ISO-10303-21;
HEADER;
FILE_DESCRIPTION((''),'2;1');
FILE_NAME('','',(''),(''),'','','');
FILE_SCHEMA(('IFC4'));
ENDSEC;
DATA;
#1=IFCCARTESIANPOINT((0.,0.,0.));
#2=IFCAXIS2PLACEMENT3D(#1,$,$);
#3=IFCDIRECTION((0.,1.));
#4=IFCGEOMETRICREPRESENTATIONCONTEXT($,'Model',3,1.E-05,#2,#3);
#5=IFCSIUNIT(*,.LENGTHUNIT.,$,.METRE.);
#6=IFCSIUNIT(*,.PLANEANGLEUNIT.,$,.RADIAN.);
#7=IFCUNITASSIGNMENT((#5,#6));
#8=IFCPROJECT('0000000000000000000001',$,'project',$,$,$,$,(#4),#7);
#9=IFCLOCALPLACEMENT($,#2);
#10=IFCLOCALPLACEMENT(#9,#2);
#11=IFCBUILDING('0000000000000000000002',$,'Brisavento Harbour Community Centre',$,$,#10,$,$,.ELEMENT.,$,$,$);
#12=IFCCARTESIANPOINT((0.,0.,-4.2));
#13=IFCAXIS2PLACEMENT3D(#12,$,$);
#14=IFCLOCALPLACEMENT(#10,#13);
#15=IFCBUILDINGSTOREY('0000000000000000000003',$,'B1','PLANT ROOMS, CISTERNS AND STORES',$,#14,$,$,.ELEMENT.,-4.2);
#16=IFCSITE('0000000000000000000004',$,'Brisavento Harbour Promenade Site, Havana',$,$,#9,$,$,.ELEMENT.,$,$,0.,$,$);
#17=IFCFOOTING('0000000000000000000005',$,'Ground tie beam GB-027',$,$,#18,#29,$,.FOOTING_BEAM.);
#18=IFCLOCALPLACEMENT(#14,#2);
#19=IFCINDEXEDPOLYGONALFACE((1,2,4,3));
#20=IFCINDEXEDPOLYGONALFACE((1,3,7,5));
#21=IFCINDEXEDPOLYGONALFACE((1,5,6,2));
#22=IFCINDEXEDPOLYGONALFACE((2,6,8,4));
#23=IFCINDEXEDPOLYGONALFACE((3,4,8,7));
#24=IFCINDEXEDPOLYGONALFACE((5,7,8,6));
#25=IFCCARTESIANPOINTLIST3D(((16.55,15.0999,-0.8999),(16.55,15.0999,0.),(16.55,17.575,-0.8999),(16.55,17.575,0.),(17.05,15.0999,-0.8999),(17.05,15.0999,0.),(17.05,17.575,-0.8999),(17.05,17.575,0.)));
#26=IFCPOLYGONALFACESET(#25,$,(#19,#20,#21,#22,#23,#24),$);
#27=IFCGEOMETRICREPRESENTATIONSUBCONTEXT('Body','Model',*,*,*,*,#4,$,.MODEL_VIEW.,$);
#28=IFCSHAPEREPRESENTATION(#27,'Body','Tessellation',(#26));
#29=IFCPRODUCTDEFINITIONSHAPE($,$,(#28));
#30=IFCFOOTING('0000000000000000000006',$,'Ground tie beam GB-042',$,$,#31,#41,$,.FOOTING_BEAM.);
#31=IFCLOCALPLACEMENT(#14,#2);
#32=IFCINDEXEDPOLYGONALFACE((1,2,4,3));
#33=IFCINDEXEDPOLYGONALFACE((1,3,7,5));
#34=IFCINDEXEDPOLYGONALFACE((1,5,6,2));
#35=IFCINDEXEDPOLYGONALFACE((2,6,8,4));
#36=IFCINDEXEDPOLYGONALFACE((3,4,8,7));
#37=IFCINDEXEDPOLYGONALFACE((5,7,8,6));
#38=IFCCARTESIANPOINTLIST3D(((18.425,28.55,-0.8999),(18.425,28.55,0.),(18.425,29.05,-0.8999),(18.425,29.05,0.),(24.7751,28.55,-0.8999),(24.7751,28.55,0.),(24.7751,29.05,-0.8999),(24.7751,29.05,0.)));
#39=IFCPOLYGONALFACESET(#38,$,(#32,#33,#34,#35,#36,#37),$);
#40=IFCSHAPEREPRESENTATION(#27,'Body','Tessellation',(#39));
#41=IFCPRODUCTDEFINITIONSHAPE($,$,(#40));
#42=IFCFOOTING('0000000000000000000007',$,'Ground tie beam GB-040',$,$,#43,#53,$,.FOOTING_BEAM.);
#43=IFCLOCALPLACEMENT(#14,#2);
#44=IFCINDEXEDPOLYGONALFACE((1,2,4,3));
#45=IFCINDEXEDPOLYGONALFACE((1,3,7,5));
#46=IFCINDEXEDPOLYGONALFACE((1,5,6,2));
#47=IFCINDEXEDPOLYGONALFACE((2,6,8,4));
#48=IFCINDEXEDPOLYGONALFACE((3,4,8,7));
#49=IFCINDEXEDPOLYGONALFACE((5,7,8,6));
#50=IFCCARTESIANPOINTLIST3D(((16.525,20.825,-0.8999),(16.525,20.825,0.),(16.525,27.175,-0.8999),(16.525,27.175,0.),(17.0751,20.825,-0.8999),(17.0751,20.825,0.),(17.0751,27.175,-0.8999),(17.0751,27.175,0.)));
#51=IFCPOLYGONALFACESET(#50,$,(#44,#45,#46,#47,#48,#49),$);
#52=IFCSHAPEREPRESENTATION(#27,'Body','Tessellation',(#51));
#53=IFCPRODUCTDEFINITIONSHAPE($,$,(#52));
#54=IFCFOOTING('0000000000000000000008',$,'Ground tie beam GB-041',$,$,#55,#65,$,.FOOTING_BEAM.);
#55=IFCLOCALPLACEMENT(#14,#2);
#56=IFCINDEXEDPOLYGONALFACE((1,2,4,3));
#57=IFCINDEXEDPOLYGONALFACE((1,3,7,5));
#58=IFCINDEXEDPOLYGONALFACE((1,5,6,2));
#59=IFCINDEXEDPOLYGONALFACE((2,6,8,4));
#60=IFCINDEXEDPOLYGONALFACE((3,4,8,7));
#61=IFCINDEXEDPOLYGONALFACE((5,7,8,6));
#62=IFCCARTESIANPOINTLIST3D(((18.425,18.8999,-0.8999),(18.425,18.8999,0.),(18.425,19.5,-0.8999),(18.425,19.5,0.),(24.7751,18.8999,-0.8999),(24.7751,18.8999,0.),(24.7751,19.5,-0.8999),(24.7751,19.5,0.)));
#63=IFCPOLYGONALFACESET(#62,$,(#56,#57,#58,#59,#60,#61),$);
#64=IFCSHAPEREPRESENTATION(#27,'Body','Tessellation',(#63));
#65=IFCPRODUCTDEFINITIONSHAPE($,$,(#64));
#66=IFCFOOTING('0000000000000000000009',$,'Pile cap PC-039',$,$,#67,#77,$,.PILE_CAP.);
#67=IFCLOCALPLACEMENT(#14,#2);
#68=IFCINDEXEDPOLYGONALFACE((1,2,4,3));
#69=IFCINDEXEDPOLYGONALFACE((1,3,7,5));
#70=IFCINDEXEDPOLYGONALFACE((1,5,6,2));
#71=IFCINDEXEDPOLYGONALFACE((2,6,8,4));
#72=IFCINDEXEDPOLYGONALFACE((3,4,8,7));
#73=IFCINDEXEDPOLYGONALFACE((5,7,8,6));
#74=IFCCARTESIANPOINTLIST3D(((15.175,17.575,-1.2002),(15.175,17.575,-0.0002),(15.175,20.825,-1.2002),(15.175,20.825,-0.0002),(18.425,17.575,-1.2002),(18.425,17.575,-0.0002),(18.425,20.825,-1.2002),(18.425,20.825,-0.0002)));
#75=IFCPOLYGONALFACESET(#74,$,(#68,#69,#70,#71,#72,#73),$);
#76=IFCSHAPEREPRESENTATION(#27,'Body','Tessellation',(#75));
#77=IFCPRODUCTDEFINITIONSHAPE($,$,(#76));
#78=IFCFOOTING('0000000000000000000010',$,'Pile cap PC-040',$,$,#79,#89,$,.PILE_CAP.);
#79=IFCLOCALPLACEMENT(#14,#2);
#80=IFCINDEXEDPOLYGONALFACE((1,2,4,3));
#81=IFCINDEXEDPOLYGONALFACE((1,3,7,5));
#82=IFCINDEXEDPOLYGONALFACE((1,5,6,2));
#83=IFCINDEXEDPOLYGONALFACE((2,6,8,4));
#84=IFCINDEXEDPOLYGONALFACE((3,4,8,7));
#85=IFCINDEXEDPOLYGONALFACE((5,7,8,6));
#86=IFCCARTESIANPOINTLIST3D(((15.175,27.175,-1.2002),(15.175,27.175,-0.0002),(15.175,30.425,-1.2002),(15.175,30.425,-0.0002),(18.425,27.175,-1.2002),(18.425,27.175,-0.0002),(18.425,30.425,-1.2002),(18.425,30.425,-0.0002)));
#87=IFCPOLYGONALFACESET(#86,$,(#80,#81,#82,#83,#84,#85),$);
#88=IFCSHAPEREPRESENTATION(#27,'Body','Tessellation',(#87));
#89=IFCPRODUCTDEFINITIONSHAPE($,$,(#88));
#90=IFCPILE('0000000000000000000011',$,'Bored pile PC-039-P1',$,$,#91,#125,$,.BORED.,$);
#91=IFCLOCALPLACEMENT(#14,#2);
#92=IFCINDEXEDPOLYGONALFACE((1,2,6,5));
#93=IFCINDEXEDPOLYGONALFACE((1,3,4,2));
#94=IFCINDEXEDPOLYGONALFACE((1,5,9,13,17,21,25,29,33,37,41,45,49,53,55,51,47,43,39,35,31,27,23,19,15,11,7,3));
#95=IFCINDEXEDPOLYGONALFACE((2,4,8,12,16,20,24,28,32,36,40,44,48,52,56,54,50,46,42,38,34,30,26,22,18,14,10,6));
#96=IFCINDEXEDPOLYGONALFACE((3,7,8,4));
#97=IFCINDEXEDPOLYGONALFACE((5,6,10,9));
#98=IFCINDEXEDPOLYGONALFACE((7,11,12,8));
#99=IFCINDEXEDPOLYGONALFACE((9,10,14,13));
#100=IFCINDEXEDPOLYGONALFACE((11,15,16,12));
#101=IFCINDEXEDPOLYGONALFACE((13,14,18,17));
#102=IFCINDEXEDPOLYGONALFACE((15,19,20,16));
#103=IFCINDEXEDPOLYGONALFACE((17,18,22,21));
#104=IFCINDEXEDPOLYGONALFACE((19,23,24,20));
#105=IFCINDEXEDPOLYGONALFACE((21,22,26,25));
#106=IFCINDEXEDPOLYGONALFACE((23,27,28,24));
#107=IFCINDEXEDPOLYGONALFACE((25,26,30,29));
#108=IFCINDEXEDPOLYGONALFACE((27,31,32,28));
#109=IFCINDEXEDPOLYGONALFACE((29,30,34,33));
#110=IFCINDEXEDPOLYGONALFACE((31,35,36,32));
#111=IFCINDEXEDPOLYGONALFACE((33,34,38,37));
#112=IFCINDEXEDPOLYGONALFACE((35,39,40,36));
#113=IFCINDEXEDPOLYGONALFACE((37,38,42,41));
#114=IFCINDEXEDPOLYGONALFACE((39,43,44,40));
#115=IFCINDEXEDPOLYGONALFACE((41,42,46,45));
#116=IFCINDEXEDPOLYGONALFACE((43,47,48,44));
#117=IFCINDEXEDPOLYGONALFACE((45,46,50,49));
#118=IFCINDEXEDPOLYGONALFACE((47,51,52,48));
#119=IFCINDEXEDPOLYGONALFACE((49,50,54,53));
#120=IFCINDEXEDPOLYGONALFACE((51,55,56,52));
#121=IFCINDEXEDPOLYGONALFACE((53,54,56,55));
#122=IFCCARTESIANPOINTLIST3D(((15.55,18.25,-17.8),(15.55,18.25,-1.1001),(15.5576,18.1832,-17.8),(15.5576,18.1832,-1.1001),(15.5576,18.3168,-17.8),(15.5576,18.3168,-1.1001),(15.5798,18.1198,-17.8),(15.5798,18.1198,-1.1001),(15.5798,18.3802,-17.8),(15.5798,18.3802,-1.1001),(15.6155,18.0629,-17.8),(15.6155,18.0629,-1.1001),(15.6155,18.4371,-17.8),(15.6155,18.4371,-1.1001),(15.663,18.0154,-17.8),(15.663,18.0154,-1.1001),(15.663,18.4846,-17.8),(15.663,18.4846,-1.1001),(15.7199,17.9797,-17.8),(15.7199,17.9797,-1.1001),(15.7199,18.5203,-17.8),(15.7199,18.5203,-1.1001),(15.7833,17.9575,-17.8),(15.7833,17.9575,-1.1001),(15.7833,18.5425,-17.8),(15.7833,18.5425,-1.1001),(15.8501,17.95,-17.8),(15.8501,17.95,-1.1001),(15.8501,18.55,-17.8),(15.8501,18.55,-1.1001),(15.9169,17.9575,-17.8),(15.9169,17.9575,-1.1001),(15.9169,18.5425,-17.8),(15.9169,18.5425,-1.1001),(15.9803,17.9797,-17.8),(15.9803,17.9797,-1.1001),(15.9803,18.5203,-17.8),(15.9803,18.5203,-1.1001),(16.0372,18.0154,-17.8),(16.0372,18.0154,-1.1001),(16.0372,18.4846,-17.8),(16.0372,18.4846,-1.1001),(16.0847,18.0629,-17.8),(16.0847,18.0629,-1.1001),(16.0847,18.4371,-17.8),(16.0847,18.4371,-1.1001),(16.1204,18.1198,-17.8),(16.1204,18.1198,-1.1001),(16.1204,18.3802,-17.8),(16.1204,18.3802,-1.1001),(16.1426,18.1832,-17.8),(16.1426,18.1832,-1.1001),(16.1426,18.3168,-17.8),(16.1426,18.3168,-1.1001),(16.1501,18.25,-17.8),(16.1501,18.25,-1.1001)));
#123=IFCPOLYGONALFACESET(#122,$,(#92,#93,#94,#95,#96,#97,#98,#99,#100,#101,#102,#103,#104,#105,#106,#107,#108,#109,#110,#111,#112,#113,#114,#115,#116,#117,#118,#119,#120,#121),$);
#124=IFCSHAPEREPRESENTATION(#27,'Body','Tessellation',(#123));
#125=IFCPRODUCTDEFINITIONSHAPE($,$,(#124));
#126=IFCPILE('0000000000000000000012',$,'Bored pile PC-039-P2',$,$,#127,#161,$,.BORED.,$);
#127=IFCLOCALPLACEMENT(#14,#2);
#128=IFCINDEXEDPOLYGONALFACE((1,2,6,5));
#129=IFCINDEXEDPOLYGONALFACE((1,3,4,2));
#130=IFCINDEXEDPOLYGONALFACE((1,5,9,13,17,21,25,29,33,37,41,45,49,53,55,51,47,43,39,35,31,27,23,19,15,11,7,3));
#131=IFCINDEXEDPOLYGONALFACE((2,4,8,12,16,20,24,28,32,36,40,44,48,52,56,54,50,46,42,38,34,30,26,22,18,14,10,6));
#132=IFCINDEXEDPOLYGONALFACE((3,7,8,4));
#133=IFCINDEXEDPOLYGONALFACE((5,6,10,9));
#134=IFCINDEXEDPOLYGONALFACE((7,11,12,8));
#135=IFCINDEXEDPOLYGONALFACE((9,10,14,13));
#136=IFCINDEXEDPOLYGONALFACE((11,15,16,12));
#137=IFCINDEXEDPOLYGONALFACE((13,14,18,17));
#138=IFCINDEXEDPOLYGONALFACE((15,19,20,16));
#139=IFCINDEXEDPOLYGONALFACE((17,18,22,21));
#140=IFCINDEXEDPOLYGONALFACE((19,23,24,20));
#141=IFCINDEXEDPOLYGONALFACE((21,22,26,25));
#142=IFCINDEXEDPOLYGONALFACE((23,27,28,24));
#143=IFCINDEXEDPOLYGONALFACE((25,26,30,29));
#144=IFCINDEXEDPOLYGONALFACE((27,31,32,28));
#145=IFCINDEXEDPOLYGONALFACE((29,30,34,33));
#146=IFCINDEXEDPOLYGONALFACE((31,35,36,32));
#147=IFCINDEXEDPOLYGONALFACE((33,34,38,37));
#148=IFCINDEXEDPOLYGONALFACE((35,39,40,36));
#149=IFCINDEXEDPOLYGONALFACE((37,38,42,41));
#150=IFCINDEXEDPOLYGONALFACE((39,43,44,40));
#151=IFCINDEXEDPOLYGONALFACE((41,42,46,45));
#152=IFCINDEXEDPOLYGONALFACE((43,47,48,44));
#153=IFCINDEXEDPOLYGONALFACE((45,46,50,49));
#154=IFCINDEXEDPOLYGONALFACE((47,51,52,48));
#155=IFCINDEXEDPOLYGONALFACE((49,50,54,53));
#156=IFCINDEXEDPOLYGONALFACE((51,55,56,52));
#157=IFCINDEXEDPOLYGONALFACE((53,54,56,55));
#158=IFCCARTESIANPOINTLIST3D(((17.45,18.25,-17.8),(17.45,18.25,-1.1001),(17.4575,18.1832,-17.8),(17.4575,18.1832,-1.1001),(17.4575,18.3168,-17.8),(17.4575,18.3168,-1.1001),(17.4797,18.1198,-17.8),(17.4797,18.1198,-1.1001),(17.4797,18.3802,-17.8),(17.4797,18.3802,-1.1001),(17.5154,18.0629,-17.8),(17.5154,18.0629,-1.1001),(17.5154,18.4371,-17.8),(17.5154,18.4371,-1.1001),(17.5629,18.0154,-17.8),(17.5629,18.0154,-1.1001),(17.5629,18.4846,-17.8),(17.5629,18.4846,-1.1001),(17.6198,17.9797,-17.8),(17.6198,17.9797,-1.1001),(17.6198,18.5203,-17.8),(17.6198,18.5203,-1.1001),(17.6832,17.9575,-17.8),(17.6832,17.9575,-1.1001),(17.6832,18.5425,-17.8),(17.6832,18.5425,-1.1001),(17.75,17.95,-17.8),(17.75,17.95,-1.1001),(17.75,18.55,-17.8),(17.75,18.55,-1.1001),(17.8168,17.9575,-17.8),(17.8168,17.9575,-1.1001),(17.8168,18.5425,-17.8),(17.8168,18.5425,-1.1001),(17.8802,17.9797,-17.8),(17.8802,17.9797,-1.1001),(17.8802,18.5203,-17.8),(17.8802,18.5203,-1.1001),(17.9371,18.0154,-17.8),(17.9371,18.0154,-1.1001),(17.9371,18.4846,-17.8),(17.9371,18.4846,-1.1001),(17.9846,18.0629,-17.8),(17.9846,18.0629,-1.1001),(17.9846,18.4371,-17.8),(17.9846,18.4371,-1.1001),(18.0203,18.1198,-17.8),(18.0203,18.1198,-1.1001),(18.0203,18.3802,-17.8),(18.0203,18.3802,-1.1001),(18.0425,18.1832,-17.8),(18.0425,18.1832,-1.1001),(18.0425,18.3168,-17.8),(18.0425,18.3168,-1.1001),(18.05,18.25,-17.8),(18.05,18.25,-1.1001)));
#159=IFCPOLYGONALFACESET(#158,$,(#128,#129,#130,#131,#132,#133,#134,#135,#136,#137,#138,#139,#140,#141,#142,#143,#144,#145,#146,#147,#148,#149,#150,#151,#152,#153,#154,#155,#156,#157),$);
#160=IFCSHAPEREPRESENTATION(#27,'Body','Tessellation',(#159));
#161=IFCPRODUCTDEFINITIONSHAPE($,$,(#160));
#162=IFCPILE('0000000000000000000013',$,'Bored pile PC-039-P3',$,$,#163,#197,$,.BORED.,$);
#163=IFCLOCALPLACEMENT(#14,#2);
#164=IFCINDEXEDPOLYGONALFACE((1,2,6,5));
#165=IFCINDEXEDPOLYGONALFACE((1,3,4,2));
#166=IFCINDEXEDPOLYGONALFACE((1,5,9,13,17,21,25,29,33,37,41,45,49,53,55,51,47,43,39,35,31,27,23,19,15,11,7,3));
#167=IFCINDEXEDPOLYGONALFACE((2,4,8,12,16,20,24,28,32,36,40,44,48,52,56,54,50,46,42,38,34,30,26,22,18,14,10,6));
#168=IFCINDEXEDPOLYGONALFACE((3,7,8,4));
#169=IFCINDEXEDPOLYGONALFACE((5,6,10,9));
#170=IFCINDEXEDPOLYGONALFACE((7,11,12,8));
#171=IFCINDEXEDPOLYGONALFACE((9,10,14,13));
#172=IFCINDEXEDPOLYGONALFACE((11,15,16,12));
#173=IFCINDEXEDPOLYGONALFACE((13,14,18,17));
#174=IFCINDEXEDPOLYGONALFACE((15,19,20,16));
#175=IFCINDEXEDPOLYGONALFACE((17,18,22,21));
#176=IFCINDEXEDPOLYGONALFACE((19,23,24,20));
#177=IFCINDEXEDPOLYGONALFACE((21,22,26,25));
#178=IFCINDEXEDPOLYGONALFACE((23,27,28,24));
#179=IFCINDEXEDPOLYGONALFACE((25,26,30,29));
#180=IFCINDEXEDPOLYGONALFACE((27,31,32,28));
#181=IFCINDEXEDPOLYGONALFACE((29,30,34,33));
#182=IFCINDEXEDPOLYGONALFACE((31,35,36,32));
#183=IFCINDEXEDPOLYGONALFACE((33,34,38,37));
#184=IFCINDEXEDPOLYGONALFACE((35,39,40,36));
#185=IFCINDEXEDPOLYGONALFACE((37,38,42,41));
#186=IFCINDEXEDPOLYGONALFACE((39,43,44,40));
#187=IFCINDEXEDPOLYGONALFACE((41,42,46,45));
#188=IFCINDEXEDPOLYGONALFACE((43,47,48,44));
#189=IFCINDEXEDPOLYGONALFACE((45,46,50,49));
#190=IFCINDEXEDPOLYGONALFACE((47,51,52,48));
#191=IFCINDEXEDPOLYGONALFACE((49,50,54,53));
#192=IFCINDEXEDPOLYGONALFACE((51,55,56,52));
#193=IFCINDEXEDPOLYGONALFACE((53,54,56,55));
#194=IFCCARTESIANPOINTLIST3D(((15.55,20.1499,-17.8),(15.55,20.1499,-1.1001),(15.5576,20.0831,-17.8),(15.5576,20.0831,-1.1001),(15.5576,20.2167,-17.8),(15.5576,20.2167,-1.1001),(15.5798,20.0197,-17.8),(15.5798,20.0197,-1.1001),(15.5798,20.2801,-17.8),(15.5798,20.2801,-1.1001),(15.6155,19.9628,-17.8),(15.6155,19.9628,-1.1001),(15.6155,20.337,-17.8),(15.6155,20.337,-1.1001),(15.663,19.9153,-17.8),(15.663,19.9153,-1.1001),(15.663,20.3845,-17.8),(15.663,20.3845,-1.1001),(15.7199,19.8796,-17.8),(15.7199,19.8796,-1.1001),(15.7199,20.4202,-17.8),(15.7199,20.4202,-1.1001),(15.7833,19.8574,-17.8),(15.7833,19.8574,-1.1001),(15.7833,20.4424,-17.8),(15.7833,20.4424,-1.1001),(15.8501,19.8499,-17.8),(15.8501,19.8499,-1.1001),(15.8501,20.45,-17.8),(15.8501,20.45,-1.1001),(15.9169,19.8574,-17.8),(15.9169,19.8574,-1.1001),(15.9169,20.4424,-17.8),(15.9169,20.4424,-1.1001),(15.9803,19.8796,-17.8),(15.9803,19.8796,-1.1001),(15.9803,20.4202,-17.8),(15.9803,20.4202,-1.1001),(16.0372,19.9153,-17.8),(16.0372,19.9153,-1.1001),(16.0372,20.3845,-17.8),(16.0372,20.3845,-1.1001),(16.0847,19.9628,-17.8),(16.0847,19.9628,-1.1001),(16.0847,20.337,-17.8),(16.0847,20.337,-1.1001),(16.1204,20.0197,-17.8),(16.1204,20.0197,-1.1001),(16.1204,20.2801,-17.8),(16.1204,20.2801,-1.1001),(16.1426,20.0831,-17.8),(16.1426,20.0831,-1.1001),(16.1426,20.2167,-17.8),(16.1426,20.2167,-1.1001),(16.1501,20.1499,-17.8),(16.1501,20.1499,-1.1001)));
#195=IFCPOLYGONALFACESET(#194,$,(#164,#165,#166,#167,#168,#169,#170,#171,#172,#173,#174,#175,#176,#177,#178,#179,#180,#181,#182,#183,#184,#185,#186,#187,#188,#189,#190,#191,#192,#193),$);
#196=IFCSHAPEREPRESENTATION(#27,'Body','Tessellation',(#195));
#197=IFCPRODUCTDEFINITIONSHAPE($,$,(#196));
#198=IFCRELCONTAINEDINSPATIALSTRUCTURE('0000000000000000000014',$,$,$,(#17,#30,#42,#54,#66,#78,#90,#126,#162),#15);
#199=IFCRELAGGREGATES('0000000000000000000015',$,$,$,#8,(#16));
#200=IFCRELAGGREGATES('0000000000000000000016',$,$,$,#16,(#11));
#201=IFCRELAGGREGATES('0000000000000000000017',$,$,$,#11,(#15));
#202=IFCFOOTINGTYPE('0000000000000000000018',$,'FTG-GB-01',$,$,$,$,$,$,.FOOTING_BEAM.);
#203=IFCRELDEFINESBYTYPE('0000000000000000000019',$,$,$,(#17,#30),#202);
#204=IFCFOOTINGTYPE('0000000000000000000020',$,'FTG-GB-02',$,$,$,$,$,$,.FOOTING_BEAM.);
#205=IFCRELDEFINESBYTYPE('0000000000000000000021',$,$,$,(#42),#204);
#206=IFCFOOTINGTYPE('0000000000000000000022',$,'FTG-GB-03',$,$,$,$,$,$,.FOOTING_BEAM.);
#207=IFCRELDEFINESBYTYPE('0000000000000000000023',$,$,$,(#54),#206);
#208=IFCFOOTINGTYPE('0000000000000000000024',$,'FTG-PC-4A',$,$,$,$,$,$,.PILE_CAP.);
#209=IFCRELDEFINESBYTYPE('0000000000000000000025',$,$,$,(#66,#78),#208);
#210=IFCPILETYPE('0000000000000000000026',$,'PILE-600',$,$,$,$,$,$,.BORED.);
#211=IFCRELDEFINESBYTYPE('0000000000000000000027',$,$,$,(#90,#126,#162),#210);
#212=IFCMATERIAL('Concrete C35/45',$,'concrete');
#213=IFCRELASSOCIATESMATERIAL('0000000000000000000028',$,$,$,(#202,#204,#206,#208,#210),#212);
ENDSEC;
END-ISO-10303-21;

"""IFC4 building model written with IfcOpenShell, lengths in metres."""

from ifc_helpers import new_model, si_unit, direction, frame, origin, origin_2d, place, context, subcontext, project, spatial, rectangle, circle, extrude, material, material_profile, profile_set, type_object, element, save


model = new_model("IFC4")

# Units and contexts
model_context = context("Model", 3, precision=1e-05, world=origin(), true_north=direction((0.0, 1.0)))
body_context = subcontext(model_context, "Body", "Model", "MODEL_VIEW")
ifc_project = project(units=[si_unit("LENGTHUNIT", "METRE"), si_unit("PLANEANGLEUNIT", "RADIAN")], contexts=[model_context])

# Site, building, storey
site_placement = place(None, origin())
site = spatial("IfcSite", under=ifc_project, at=site_placement, Name="Brisavento Harbour Promenade Site, Havana", CompositionType="ELEMENT", RefElevation=0.0)
building_placement = place(site_placement, origin())
building = spatial("IfcBuilding", under=site, at=building_placement, Name="Brisavento Harbour Community Centre", CompositionType="ELEMENT")
storey_placement = place(building_placement, frame((0.0, 0.0, -4.2)))
storey = spatial("IfcBuildingStorey", under=building, at=storey_placement, Name="B1", Description="PLANT ROOMS, CISTERNS AND STORES", CompositionType="ELEMENT", Elevation=-4.2)

# Footings
ifc_material_1 = material(Name="Concrete C35/45", Category="concrete")
footing_type_1 = type_object("IfcFootingType", Name="FTG-GB-01", PredefinedType="FOOTING_BEAM", material=ifc_material_1)
footing_1_placement = place(storey_placement, frame((16.8, 16.3374, -0.8999), z_axis=(0.0, 0.0, 1.0), x_axis=(1.0, 0.0, 0.0)))
element("IfcFooting", 1, at=footing_1_placement, inside=storey, type_object=footing_type_1, Name="Ground tie beam GB-027", PredefinedType="FOOTING_BEAM", context=body_context, shape_type="SweptSolid", body=[
    extrude(rectangle(XDim=0.5, YDim=2.4751, at=origin_2d()), origin(), (0.0, 0.0, 1.0), 0.8999),
])
footing_2_placement = place(storey_placement, frame((21.6001, 28.8, -0.8999), z_axis=(0.0, 0.0, 1.0), x_axis=(1.0, 0.0, 0.0)))
element("IfcFooting", 2, at=footing_2_placement, inside=storey, type_object=footing_type_1, Name="Ground tie beam GB-042", PredefinedType="FOOTING_BEAM", context=body_context, shape_type="SweptSolid", body=[
    extrude(rectangle(XDim=6.3501, YDim=0.5, at=origin_2d()), origin(), (0.0, 0.0, 1.0), 0.8999),
])
footing_type_2 = type_object("IfcFootingType", Name="FTG-GB-02", PredefinedType="FOOTING_BEAM", material=ifc_material_1)
footing_3_placement = place(storey_placement, frame((16.8, 24.0, -0.8999), z_axis=(0.0, 0.0, 1.0), x_axis=(1.0, 0.0, 0.0)))
element("IfcFooting", 3, at=footing_3_placement, inside=storey, type_object=footing_type_2, Name="Ground tie beam GB-040", PredefinedType="FOOTING_BEAM", context=body_context, shape_type="SweptSolid", body=[
    extrude(rectangle(XDim=0.55, YDim=6.3501, at=origin_2d()), origin(), (0.0, 0.0, 1.0), 0.8999),
])
footing_type_3 = type_object("IfcFootingType", Name="FTG-GB-03", PredefinedType="FOOTING_BEAM", material=ifc_material_1)
footing_4_placement = place(storey_placement, frame((21.6001, 19.2, -0.8999), z_axis=(0.0, 0.0, 1.0), x_axis=(1.0, 0.0, 0.0)))
element("IfcFooting", 4, at=footing_4_placement, inside=storey, type_object=footing_type_3, Name="Ground tie beam GB-041", PredefinedType="FOOTING_BEAM", context=body_context, shape_type="SweptSolid", body=[
    extrude(rectangle(XDim=6.3501, YDim=0.6001, at=origin_2d()), origin(), (0.0, 0.0, 1.0), 0.8999),
])
footing_type_4 = type_object("IfcFootingType", Name="FTG-PC-4A", PredefinedType="PILE_CAP", material=ifc_material_1)
for number, where, z_axis, x_axis, name in (
    (5, (16.8, 19.2, -1.2002), (0.0, 0.0, 1.0), (1.0, 0.0, 0.0), "Pile cap PC-039"),
    (6, (16.8, 28.8, -1.2002), (0.0, 0.0, 1.0), (1.0, 0.0, 0.0), "Pile cap PC-040"),
):
    element("IfcFooting", number, at=place(storey_placement, frame(where, z_axis=z_axis, x_axis=x_axis)), inside=storey, type_object=footing_type_4, Name=name, PredefinedType="PILE_CAP", context=body_context, shape_type="SweptSolid", body=[
        extrude(rectangle(XDim=3.25, YDim=3.25, at=origin_2d()), origin(), (0.0, 0.0, 1.0), 1.2),
    ])

# Piles
ifc_material_profile_1 = material_profile(ifc_material_1, circle(Radius=0.3, at=origin_2d()), Name="Concrete C35/45")
ifc_profile_set_1 = profile_set([ifc_material_profile_1], Name="Concrete C35/45")
pile_type = type_object("IfcPileType", Name="PILE-600", PredefinedType="BORED", material=ifc_profile_set_1)
for number, where, z_axis, x_axis, name in (
    (7, (15.8501, 18.25, -1.1001), (0.0, 0.0, -1.0), (1.0, 0.0, 0.0), "Bored pile PC-039-P1"),
    (8, (17.75, 18.25, -1.1001), (0.0, 0.0, -1.0), (1.0, 0.0, 0.0), "Bored pile PC-039-P2"),
    (9, (15.8501, 20.1499, -1.1001), (0.0, 0.0, -1.0), (1.0, 0.0, 0.0), "Bored pile PC-039-P3"),
):
    element("IfcPile", number, at=place(storey_placement, frame(where, z_axis=z_axis, x_axis=x_axis)), inside=storey, type_object=pile_type, Name=name, PredefinedType="BORED", context=body_context, shape_type="SweptSolid", body=[
        extrude(circle(Radius=0.3, at=origin_2d()), origin(), (0.0, 0.0, 1.0), 16.7),
    ])

save(model, "model.ifc")
